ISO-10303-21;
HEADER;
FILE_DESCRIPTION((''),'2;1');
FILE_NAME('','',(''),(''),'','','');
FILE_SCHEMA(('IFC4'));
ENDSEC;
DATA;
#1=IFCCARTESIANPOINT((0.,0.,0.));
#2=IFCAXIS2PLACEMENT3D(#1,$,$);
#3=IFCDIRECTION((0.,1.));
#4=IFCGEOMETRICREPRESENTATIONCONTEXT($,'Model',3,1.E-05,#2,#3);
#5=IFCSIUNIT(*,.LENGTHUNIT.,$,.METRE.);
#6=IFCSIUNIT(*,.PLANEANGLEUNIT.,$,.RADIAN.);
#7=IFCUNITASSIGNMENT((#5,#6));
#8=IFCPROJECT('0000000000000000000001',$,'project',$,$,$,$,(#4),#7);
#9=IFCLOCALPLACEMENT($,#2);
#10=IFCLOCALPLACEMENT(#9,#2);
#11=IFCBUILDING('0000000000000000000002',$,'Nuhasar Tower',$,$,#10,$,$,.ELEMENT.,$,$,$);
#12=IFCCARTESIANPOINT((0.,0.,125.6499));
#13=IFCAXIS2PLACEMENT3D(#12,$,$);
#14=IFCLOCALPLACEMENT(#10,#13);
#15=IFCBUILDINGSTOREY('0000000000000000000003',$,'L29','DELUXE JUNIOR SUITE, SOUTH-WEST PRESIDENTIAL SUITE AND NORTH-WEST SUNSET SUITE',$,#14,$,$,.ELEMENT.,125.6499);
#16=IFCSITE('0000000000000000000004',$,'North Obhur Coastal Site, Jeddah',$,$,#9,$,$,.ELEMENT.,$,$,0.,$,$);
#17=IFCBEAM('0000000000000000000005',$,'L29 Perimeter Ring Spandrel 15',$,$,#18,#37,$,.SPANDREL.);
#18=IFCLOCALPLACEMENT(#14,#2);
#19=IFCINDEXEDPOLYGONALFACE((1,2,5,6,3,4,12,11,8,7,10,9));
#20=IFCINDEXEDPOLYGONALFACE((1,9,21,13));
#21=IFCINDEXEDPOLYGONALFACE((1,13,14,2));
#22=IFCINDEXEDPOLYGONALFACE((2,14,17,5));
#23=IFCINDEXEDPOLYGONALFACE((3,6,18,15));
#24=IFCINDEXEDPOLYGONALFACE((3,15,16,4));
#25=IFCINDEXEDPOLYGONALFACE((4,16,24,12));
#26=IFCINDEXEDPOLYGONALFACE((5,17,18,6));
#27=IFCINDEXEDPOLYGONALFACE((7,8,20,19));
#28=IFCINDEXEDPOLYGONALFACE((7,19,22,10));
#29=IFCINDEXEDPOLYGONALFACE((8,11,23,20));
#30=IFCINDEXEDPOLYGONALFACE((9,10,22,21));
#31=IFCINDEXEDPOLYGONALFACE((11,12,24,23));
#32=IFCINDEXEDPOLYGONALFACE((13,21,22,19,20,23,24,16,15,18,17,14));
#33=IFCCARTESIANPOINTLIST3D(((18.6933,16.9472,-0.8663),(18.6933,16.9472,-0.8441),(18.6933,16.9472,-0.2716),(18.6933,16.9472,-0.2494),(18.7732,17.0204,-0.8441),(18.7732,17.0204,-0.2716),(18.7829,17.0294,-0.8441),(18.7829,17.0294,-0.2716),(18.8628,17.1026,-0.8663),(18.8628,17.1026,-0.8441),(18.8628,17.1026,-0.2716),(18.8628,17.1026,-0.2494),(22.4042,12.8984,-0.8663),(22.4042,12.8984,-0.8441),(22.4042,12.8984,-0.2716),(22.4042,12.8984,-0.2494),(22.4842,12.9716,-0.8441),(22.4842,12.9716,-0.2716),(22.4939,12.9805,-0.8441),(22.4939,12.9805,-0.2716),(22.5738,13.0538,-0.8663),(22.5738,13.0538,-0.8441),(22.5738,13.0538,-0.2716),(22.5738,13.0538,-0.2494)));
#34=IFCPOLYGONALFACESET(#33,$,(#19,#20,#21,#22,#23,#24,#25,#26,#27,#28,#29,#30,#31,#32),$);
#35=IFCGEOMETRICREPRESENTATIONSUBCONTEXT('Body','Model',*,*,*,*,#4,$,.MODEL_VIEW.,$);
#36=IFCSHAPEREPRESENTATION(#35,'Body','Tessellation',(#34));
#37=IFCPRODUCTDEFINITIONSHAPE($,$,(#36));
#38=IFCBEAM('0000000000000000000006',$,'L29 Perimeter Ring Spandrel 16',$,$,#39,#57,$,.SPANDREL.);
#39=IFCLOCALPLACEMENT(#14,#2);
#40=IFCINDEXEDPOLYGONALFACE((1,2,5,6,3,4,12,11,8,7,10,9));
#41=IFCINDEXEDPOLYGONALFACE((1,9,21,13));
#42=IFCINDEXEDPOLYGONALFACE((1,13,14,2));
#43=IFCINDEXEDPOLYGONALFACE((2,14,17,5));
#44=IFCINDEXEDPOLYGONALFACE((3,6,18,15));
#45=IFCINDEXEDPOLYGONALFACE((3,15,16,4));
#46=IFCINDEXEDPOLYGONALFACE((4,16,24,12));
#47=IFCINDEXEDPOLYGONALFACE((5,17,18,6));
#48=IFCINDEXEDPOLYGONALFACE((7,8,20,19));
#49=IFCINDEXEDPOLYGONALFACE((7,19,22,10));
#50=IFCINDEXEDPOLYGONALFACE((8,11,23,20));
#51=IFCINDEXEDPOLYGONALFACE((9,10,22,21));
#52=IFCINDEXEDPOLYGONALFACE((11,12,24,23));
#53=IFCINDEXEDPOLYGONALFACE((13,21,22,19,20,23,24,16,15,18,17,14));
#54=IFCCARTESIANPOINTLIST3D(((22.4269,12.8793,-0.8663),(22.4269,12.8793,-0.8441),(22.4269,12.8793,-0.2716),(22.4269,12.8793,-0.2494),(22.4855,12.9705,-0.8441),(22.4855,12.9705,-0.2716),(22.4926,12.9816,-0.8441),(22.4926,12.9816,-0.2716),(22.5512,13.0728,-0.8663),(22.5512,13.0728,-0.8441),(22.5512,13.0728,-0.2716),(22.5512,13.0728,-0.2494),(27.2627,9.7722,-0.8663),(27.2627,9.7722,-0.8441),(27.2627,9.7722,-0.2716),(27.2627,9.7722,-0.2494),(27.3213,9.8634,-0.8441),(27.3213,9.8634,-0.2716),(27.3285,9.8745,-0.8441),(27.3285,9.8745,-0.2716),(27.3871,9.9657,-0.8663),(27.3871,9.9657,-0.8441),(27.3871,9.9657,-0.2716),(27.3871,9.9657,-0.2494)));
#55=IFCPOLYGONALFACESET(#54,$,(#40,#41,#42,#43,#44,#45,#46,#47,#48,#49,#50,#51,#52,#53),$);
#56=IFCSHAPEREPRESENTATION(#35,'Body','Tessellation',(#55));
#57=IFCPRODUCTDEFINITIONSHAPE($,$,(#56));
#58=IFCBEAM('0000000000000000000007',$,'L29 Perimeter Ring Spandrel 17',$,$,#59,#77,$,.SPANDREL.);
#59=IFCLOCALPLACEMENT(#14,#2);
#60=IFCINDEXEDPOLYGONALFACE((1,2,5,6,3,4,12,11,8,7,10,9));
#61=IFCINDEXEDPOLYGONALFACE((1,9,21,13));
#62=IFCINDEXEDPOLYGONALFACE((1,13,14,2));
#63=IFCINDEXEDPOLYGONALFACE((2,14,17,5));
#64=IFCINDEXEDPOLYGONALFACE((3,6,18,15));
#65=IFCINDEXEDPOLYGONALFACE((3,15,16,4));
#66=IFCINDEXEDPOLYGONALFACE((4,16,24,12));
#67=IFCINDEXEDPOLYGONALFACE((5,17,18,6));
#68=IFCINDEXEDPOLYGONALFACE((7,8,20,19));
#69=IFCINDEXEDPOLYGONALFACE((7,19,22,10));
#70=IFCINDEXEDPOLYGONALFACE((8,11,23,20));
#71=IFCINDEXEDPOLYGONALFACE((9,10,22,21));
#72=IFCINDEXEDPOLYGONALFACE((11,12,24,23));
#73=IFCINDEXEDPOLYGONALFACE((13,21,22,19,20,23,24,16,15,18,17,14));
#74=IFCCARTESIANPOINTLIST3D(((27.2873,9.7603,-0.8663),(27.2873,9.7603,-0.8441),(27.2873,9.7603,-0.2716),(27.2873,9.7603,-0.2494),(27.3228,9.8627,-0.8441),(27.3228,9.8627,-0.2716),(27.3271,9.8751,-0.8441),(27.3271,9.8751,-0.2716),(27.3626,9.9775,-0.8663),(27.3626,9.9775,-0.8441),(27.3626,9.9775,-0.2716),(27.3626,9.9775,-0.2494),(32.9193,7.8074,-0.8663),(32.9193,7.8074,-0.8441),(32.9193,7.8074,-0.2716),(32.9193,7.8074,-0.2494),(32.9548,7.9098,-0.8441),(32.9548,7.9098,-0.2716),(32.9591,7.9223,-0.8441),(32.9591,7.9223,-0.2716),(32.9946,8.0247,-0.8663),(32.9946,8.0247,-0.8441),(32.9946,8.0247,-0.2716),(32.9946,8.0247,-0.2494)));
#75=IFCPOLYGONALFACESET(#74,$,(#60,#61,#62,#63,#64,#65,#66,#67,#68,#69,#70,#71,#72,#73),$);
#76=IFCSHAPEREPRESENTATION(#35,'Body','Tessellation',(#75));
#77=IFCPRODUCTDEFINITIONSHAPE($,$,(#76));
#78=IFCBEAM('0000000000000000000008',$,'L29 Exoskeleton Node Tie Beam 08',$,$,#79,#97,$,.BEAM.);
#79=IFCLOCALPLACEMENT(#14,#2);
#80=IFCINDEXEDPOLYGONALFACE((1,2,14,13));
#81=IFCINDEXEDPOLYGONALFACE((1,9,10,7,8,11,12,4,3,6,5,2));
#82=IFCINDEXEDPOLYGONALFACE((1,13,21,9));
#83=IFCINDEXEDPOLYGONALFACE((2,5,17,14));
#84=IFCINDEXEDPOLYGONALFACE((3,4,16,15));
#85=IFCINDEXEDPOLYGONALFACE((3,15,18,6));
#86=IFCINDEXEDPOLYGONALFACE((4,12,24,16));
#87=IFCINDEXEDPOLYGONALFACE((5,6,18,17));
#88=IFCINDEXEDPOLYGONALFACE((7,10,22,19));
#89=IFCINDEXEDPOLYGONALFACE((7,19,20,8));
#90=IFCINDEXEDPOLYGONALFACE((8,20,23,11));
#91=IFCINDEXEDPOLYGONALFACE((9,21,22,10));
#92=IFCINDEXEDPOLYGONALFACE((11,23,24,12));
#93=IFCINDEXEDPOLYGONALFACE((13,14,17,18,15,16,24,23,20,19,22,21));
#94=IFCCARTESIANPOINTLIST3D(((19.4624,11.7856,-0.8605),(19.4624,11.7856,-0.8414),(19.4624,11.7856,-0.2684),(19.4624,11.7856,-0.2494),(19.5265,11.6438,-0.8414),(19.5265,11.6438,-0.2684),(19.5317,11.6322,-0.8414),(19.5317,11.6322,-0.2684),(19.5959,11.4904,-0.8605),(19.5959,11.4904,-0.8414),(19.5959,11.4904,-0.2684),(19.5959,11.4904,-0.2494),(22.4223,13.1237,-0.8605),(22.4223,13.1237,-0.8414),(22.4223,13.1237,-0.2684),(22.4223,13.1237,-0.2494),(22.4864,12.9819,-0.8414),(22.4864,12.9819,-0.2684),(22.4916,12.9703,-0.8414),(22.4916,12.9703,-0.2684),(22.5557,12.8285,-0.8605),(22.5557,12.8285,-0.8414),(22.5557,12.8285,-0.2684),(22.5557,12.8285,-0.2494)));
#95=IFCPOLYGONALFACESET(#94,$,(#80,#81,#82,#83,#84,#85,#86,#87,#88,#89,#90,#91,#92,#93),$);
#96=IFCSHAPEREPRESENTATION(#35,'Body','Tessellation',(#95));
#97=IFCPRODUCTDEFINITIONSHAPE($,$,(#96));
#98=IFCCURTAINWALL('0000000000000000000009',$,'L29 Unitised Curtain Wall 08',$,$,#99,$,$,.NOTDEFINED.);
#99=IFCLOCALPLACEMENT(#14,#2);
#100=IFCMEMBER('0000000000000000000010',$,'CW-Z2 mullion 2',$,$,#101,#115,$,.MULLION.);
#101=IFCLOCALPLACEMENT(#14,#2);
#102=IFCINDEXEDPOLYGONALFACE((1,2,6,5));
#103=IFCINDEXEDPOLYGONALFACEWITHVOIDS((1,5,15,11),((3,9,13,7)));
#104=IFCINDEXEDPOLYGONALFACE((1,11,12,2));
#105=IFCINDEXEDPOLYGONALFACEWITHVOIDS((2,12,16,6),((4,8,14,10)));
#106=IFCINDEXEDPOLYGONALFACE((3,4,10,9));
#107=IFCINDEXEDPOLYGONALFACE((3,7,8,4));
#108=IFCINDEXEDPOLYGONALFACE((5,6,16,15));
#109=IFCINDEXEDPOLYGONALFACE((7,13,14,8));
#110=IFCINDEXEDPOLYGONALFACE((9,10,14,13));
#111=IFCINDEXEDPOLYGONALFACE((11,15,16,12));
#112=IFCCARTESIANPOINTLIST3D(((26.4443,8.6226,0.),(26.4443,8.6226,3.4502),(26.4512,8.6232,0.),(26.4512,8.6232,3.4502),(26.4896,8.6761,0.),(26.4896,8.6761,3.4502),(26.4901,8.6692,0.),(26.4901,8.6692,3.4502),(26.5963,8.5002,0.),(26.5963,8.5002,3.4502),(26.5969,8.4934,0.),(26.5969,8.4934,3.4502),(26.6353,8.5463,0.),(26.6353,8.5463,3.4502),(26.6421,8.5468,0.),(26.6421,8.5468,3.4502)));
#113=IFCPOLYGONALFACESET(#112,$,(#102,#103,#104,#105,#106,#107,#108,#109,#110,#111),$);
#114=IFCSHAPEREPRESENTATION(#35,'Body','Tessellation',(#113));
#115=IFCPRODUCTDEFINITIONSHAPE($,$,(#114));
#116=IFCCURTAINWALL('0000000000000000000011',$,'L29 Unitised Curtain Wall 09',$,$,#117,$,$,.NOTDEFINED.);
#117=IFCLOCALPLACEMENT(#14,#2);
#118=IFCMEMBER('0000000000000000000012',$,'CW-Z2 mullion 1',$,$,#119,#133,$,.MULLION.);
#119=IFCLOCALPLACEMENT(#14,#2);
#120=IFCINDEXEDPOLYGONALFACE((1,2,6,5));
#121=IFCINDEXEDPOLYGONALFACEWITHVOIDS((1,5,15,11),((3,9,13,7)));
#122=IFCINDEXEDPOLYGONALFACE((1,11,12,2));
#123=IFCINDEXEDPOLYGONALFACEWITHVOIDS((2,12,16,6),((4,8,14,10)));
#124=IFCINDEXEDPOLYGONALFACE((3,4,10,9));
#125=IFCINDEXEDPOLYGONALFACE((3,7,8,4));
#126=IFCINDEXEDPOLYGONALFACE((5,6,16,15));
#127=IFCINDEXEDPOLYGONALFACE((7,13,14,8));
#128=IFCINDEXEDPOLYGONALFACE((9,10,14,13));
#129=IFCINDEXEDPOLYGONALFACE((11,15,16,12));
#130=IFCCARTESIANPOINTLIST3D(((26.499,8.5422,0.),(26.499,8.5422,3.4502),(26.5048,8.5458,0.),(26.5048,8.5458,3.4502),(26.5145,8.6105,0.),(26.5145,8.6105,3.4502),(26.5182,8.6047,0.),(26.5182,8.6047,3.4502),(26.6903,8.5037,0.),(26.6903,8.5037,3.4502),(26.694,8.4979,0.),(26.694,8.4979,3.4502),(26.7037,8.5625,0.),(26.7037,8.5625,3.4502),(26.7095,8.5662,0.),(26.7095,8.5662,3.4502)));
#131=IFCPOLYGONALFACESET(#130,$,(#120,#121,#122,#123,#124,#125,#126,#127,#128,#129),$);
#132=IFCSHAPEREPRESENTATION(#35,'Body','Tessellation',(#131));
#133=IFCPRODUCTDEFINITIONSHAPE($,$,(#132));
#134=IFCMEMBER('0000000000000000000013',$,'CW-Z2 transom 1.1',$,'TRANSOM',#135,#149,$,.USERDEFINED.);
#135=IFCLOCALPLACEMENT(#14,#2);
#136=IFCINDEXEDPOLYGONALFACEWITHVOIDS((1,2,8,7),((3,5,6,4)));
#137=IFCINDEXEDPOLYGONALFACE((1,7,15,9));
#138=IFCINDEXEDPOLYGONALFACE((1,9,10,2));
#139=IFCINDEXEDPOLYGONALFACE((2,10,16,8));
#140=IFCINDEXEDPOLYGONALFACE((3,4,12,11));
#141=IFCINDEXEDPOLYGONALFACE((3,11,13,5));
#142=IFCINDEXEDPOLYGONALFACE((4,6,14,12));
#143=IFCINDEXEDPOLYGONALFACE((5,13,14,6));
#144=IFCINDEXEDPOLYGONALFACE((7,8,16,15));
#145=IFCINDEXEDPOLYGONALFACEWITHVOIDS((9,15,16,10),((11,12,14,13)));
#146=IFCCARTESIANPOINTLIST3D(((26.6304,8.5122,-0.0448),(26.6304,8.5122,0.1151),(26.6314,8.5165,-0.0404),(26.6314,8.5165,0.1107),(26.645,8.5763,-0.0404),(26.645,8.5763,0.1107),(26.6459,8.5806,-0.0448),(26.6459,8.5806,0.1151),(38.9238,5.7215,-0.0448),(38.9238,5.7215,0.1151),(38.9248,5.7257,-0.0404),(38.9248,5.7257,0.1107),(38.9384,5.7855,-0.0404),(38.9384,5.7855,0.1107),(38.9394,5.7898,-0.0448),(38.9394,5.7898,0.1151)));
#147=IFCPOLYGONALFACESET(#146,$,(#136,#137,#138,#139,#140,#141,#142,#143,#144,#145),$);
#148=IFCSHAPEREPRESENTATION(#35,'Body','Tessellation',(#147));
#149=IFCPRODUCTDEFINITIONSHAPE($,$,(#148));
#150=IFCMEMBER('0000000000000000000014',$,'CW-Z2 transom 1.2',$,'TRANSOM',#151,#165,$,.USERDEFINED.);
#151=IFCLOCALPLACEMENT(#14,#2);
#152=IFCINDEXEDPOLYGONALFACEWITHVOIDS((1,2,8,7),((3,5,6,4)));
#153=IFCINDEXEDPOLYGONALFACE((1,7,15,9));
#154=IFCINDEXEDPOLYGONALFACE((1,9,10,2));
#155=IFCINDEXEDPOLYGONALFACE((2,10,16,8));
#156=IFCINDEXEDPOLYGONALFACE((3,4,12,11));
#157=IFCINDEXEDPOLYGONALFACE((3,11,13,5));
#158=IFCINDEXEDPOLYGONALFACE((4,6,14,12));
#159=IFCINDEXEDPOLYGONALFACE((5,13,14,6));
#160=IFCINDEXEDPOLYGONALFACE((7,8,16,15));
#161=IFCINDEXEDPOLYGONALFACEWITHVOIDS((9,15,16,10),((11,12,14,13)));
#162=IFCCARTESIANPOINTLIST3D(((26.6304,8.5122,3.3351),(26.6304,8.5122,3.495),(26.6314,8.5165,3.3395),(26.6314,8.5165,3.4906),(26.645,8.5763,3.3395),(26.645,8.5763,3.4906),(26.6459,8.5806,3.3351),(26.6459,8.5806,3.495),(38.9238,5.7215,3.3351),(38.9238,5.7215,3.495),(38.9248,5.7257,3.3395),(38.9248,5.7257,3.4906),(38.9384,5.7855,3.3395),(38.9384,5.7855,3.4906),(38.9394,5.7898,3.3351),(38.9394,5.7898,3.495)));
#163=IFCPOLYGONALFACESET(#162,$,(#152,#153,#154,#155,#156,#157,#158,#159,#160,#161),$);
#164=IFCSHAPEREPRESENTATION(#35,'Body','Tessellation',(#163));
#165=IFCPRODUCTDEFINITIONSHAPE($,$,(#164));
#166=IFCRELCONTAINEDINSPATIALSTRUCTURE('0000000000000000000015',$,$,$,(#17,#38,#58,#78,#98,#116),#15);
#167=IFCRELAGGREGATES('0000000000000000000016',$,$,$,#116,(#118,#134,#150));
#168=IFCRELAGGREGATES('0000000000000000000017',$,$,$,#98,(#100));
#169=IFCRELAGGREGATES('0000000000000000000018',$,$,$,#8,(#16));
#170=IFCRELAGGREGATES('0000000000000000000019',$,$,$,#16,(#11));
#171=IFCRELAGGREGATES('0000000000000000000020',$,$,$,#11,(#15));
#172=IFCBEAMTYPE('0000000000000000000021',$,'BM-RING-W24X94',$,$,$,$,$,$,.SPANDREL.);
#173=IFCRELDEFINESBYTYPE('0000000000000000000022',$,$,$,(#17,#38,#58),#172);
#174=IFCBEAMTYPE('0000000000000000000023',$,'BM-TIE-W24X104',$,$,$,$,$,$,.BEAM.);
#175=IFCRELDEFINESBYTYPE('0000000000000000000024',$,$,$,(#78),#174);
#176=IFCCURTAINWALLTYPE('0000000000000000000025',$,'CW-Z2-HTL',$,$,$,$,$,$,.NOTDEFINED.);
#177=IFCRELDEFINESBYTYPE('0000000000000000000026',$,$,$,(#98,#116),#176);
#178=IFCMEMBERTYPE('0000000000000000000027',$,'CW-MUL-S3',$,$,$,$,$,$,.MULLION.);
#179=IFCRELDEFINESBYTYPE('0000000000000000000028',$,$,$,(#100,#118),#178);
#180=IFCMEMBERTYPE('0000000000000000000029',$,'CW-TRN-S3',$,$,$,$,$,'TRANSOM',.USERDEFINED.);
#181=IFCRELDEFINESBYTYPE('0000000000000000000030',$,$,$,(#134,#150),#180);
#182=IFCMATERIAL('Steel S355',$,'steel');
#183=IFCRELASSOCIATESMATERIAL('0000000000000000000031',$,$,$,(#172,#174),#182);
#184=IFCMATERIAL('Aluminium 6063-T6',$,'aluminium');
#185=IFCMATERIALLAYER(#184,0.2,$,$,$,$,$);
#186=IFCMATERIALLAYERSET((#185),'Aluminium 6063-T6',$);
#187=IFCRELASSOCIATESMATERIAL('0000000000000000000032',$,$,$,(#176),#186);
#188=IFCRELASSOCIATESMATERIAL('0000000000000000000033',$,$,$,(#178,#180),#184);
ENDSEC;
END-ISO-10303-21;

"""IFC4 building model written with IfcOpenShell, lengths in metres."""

from ifc_helpers import new_model, si_unit, direction, frame, origin, origin_2d, place, context, subcontext, project, spatial, hollow_rectangle, i_section, extrude, material, layer, layer_set, material_profile, profile_set, type_object, element, aggregate, save


model = new_model("IFC4")

# Units and contexts
model_context = context("Model", 3, precision=1e-05, world=origin(), true_north=direction((0.0, 1.0)))
body_context = subcontext(model_context, "Body", "Model", "MODEL_VIEW")
ifc_project = project(units=[si_unit("LENGTHUNIT", "METRE"), si_unit("PLANEANGLEUNIT", "RADIAN")], contexts=[model_context])

# Site, building, storey
site_placement = place(None, origin())
site = spatial("IfcSite", under=ifc_project, at=site_placement, Name="North Obhur Coastal Site, Jeddah", CompositionType="ELEMENT", RefElevation=0.0)
building_placement = place(site_placement, origin())
building = spatial("IfcBuilding", under=site, at=building_placement, Name="Nuhasar Tower", CompositionType="ELEMENT")
storey_placement = place(building_placement, frame((0.0, 0.0, 125.6499)))
storey = spatial("IfcBuildingStorey", under=building, at=storey_placement, Name="L29", Description="DELUXE JUNIOR SUITE, SOUTH-WEST PRESIDENTIAL SUITE AND NORTH-WEST SUNSET SUITE", CompositionType="ELEMENT", Elevation=125.6499)

# Beams
ifc_material_1 = material(Name="Steel S355", Category="steel")
ifc_material_profile_1 = material_profile(ifc_material_1, i_section(OverallWidth=0.23, OverallDepth=0.6169, WebThickness=0.0132, FlangeThickness=0.0222, at=origin_2d()), Name="W24X94")
ifc_profile_set_1 = profile_set([ifc_material_profile_1], Name="Steel S355")
beam_type_1 = type_object("IfcBeamType", Name="BM-RING-W24X94", PredefinedType="SPANDREL", material=ifc_profile_set_1)
beam_1_placement = place(storey_placement, frame((18.7781, 17.0249, -0.5579), z_axis=(0.675676, -0.737198, 0.0), x_axis=(0.737198, 0.675676, 0.0)))
element("IfcBeam", 1, at=beam_1_placement, inside=storey, type_object=beam_type_1, Name="L29 Perimeter Ring Spandrel 15", PredefinedType="SPANDREL", context=body_context, shape_type="SweptSolid", body=[
    extrude(i_section(OverallWidth=0.23, OverallDepth=0.6169, WebThickness=0.0132, FlangeThickness=0.0222, at=origin_2d()), origin(), (0.0, 0.0, 1.0), 5.4922),
])
beam_2_placement = place(storey_placement, frame((22.489, 12.9761, -0.5579), z_axis=(0.841308, -0.540556, 0.0), x_axis=(0.540556, 0.841308, 0.0)))
element("IfcBeam", 2, at=beam_2_placement, inside=storey, type_object=beam_type_1, Name="L29 Perimeter Ring Spandrel 16", PredefinedType="SPANDREL", context=body_context, shape_type="SweptSolid", body=[
    extrude(i_section(OverallWidth=0.23, OverallDepth=0.6169, WebThickness=0.0132, FlangeThickness=0.0222, at=origin_2d()), origin(), (0.0, 0.0, 1.0), 5.748),
])
beam_3_placement = place(storey_placement, frame((27.325, 9.8689, -0.5579), z_axis=(0.944814, -0.327607, 0.0), x_axis=(0.327607, 0.944814, 0.0)))
element("IfcBeam", 3, at=beam_3_placement, inside=storey, type_object=beam_type_1, Name="L29 Perimeter Ring Spandrel 17", PredefinedType="SPANDREL", context=body_context, shape_type="SweptSolid", body=[
    extrude(i_section(OverallWidth=0.23, OverallDepth=0.6169, WebThickness=0.0132, FlangeThickness=0.0222, at=origin_2d()), origin(), (0.0, 0.0, 1.0), 5.9609),
])
ifc_material_profile_2 = material_profile(ifc_material_1, i_section(OverallWidth=0.324, OverallDepth=0.6111, WebThickness=0.0127, FlangeThickness=0.019, at=origin_2d()), Name="W24X104")
ifc_profile_set_2 = profile_set([ifc_material_profile_2], Name="Steel S355")
beam_type_2 = type_object("IfcBeamType", Name="BM-TIE-W24X104", PredefinedType="BEAM", material=ifc_profile_set_2)
beam_4_placement = place(storey_placement, frame((22.489, 12.9761, -0.5549), z_axis=(-0.911211, -0.411939, 0.0), x_axis=(0.411939, -0.911211, 0.0)))
element("IfcBeam", 4, at=beam_4_placement, inside=storey, type_object=beam_type_2, Name="L29 Exoskeleton Node Tie Beam 08", PredefinedType="BEAM", context=body_context, shape_type="SweptSolid", body=[
    extrude(i_section(OverallWidth=0.324, OverallDepth=0.6111, WebThickness=0.0127, FlangeThickness=0.019, at=origin_2d()), origin(), (0.0, 0.0, 1.0), 3.2483),
])

# Curtain wall, member
ifc_material_2 = material(Name="Aluminium 6063-T6", Category="aluminium")
ifc_layer_1 = layer(ifc_material_2, 0.2)
ifc_layer_set_1 = layer_set([ifc_layer_1], Name="Aluminium 6063-T6")
curtain_wall_type = type_object("IfcCurtainWallType", Name="CW-Z2-HTL", PredefinedType="NOTDEFINED", material=ifc_layer_set_1)
curtain_wall_1_placement = place(storey_placement, origin())
curtain_wall_1 = element("IfcCurtainWall", 5, at=curtain_wall_1_placement, inside=storey, type_object=curtain_wall_type, Name="L29 Unitised Curtain Wall 08", PredefinedType="NOTDEFINED")
ifc_material_profile_3 = material_profile(ifc_material_2, hollow_rectangle(XDim=0.0701, YDim=0.2, WallThickness=0.0049, at=origin_2d()), Name="CWM-3")
ifc_profile_set_3 = profile_set([ifc_material_profile_3], Name="Aluminium 6063-T6")
member_type_1 = type_object("IfcMemberType", Name="CW-MUL-S3", PredefinedType="MULLION", material=ifc_profile_set_3)
member_1_placement = place(storey_placement, frame((26.5432, 8.5847, 0.0), z_axis=(0.0, 0.0, 1.0), x_axis=(0.646374, 0.76302, 0.0)))
member_1 = element("IfcMember", 6, at=member_1_placement, type_object=member_type_1, Name="CW-Z2 mullion 2", PredefinedType="MULLION", context=body_context, shape_type="SweptSolid", body=[
    extrude(hollow_rectangle(XDim=0.0701, YDim=0.2, WallThickness=0.0049, at=origin_2d()), origin(), (0.0, 0.0, 1.0), 3.4502),
])

# Curtain wall, members
curtain_wall_2_placement = place(storey_placement, origin())
curtain_wall_2 = element("IfcCurtainWall", 7, at=curtain_wall_2_placement, inside=storey, type_object=curtain_wall_type, Name="L29 Unitised Curtain Wall 09", PredefinedType="NOTDEFINED")
member_2_placement = place(storey_placement, frame((26.6042, 8.5542, 0.0), z_axis=(0.0, 0.0, 1.0), x_axis=(0.221397, 0.975184, 0.0)))
member_2 = element("IfcMember", 8, at=member_2_placement, type_object=member_type_1, Name="CW-Z2 mullion 1", PredefinedType="MULLION", context=body_context, shape_type="SweptSolid", body=[
    extrude(hollow_rectangle(XDim=0.0701, YDim=0.2, WallThickness=0.0049, at=origin_2d()), origin(), (0.0, 0.0, 1.0), 3.4502),
])
ifc_material_profile_4 = material_profile(ifc_material_2, hollow_rectangle(XDim=0.0701, YDim=0.1599, WallThickness=0.0044, at=origin_2d()), Name="CWT-3")
ifc_profile_set_4 = profile_set([ifc_material_profile_4], Name="Aluminium 6063-T6")
member_type_2 = type_object("IfcMemberType", Name="CW-TRN-S3", ElementType="TRANSOM", PredefinedType="USERDEFINED", material=ifc_profile_set_4)
member_3_placement = place(storey_placement, frame((26.6382, 8.5464, 0.0352), z_axis=(0.975188, -0.22138, 0.0), x_axis=(0.22138, 0.975188, 0.0)))
member_3 = element("IfcMember", 9, at=member_3_placement, type_object=member_type_2, Name="CW-Z2 transom 1.1", ObjectType="TRANSOM", PredefinedType="USERDEFINED", context=body_context, shape_type="SweptSolid", body=[
    extrude(hollow_rectangle(XDim=0.0701, YDim=0.1599, WallThickness=0.0044, at=origin_2d()), origin(), (0.0, 0.0, 1.0), 12.6062),
])
member_4_placement = place(storey_placement, frame((26.6382, 8.5464, 3.415), z_axis=(0.975188, -0.22138, 0.0), x_axis=(0.22138, 0.975188, 0.0)))
member_4 = element("IfcMember", 10, at=member_4_placement, type_object=member_type_2, Name="CW-Z2 transom 1.2", ObjectType="TRANSOM", PredefinedType="USERDEFINED", context=body_context, shape_type="SweptSolid", body=[
    extrude(hollow_rectangle(XDim=0.0701, YDim=0.1599, WallThickness=0.0044, at=origin_2d()), origin(), (0.0, 0.0, 1.0), 12.6062),
])
aggregate(curtain_wall_2, [member_2, member_3, member_4])

aggregate(curtain_wall_1, [member_1])

save(model, "model.ifc")
